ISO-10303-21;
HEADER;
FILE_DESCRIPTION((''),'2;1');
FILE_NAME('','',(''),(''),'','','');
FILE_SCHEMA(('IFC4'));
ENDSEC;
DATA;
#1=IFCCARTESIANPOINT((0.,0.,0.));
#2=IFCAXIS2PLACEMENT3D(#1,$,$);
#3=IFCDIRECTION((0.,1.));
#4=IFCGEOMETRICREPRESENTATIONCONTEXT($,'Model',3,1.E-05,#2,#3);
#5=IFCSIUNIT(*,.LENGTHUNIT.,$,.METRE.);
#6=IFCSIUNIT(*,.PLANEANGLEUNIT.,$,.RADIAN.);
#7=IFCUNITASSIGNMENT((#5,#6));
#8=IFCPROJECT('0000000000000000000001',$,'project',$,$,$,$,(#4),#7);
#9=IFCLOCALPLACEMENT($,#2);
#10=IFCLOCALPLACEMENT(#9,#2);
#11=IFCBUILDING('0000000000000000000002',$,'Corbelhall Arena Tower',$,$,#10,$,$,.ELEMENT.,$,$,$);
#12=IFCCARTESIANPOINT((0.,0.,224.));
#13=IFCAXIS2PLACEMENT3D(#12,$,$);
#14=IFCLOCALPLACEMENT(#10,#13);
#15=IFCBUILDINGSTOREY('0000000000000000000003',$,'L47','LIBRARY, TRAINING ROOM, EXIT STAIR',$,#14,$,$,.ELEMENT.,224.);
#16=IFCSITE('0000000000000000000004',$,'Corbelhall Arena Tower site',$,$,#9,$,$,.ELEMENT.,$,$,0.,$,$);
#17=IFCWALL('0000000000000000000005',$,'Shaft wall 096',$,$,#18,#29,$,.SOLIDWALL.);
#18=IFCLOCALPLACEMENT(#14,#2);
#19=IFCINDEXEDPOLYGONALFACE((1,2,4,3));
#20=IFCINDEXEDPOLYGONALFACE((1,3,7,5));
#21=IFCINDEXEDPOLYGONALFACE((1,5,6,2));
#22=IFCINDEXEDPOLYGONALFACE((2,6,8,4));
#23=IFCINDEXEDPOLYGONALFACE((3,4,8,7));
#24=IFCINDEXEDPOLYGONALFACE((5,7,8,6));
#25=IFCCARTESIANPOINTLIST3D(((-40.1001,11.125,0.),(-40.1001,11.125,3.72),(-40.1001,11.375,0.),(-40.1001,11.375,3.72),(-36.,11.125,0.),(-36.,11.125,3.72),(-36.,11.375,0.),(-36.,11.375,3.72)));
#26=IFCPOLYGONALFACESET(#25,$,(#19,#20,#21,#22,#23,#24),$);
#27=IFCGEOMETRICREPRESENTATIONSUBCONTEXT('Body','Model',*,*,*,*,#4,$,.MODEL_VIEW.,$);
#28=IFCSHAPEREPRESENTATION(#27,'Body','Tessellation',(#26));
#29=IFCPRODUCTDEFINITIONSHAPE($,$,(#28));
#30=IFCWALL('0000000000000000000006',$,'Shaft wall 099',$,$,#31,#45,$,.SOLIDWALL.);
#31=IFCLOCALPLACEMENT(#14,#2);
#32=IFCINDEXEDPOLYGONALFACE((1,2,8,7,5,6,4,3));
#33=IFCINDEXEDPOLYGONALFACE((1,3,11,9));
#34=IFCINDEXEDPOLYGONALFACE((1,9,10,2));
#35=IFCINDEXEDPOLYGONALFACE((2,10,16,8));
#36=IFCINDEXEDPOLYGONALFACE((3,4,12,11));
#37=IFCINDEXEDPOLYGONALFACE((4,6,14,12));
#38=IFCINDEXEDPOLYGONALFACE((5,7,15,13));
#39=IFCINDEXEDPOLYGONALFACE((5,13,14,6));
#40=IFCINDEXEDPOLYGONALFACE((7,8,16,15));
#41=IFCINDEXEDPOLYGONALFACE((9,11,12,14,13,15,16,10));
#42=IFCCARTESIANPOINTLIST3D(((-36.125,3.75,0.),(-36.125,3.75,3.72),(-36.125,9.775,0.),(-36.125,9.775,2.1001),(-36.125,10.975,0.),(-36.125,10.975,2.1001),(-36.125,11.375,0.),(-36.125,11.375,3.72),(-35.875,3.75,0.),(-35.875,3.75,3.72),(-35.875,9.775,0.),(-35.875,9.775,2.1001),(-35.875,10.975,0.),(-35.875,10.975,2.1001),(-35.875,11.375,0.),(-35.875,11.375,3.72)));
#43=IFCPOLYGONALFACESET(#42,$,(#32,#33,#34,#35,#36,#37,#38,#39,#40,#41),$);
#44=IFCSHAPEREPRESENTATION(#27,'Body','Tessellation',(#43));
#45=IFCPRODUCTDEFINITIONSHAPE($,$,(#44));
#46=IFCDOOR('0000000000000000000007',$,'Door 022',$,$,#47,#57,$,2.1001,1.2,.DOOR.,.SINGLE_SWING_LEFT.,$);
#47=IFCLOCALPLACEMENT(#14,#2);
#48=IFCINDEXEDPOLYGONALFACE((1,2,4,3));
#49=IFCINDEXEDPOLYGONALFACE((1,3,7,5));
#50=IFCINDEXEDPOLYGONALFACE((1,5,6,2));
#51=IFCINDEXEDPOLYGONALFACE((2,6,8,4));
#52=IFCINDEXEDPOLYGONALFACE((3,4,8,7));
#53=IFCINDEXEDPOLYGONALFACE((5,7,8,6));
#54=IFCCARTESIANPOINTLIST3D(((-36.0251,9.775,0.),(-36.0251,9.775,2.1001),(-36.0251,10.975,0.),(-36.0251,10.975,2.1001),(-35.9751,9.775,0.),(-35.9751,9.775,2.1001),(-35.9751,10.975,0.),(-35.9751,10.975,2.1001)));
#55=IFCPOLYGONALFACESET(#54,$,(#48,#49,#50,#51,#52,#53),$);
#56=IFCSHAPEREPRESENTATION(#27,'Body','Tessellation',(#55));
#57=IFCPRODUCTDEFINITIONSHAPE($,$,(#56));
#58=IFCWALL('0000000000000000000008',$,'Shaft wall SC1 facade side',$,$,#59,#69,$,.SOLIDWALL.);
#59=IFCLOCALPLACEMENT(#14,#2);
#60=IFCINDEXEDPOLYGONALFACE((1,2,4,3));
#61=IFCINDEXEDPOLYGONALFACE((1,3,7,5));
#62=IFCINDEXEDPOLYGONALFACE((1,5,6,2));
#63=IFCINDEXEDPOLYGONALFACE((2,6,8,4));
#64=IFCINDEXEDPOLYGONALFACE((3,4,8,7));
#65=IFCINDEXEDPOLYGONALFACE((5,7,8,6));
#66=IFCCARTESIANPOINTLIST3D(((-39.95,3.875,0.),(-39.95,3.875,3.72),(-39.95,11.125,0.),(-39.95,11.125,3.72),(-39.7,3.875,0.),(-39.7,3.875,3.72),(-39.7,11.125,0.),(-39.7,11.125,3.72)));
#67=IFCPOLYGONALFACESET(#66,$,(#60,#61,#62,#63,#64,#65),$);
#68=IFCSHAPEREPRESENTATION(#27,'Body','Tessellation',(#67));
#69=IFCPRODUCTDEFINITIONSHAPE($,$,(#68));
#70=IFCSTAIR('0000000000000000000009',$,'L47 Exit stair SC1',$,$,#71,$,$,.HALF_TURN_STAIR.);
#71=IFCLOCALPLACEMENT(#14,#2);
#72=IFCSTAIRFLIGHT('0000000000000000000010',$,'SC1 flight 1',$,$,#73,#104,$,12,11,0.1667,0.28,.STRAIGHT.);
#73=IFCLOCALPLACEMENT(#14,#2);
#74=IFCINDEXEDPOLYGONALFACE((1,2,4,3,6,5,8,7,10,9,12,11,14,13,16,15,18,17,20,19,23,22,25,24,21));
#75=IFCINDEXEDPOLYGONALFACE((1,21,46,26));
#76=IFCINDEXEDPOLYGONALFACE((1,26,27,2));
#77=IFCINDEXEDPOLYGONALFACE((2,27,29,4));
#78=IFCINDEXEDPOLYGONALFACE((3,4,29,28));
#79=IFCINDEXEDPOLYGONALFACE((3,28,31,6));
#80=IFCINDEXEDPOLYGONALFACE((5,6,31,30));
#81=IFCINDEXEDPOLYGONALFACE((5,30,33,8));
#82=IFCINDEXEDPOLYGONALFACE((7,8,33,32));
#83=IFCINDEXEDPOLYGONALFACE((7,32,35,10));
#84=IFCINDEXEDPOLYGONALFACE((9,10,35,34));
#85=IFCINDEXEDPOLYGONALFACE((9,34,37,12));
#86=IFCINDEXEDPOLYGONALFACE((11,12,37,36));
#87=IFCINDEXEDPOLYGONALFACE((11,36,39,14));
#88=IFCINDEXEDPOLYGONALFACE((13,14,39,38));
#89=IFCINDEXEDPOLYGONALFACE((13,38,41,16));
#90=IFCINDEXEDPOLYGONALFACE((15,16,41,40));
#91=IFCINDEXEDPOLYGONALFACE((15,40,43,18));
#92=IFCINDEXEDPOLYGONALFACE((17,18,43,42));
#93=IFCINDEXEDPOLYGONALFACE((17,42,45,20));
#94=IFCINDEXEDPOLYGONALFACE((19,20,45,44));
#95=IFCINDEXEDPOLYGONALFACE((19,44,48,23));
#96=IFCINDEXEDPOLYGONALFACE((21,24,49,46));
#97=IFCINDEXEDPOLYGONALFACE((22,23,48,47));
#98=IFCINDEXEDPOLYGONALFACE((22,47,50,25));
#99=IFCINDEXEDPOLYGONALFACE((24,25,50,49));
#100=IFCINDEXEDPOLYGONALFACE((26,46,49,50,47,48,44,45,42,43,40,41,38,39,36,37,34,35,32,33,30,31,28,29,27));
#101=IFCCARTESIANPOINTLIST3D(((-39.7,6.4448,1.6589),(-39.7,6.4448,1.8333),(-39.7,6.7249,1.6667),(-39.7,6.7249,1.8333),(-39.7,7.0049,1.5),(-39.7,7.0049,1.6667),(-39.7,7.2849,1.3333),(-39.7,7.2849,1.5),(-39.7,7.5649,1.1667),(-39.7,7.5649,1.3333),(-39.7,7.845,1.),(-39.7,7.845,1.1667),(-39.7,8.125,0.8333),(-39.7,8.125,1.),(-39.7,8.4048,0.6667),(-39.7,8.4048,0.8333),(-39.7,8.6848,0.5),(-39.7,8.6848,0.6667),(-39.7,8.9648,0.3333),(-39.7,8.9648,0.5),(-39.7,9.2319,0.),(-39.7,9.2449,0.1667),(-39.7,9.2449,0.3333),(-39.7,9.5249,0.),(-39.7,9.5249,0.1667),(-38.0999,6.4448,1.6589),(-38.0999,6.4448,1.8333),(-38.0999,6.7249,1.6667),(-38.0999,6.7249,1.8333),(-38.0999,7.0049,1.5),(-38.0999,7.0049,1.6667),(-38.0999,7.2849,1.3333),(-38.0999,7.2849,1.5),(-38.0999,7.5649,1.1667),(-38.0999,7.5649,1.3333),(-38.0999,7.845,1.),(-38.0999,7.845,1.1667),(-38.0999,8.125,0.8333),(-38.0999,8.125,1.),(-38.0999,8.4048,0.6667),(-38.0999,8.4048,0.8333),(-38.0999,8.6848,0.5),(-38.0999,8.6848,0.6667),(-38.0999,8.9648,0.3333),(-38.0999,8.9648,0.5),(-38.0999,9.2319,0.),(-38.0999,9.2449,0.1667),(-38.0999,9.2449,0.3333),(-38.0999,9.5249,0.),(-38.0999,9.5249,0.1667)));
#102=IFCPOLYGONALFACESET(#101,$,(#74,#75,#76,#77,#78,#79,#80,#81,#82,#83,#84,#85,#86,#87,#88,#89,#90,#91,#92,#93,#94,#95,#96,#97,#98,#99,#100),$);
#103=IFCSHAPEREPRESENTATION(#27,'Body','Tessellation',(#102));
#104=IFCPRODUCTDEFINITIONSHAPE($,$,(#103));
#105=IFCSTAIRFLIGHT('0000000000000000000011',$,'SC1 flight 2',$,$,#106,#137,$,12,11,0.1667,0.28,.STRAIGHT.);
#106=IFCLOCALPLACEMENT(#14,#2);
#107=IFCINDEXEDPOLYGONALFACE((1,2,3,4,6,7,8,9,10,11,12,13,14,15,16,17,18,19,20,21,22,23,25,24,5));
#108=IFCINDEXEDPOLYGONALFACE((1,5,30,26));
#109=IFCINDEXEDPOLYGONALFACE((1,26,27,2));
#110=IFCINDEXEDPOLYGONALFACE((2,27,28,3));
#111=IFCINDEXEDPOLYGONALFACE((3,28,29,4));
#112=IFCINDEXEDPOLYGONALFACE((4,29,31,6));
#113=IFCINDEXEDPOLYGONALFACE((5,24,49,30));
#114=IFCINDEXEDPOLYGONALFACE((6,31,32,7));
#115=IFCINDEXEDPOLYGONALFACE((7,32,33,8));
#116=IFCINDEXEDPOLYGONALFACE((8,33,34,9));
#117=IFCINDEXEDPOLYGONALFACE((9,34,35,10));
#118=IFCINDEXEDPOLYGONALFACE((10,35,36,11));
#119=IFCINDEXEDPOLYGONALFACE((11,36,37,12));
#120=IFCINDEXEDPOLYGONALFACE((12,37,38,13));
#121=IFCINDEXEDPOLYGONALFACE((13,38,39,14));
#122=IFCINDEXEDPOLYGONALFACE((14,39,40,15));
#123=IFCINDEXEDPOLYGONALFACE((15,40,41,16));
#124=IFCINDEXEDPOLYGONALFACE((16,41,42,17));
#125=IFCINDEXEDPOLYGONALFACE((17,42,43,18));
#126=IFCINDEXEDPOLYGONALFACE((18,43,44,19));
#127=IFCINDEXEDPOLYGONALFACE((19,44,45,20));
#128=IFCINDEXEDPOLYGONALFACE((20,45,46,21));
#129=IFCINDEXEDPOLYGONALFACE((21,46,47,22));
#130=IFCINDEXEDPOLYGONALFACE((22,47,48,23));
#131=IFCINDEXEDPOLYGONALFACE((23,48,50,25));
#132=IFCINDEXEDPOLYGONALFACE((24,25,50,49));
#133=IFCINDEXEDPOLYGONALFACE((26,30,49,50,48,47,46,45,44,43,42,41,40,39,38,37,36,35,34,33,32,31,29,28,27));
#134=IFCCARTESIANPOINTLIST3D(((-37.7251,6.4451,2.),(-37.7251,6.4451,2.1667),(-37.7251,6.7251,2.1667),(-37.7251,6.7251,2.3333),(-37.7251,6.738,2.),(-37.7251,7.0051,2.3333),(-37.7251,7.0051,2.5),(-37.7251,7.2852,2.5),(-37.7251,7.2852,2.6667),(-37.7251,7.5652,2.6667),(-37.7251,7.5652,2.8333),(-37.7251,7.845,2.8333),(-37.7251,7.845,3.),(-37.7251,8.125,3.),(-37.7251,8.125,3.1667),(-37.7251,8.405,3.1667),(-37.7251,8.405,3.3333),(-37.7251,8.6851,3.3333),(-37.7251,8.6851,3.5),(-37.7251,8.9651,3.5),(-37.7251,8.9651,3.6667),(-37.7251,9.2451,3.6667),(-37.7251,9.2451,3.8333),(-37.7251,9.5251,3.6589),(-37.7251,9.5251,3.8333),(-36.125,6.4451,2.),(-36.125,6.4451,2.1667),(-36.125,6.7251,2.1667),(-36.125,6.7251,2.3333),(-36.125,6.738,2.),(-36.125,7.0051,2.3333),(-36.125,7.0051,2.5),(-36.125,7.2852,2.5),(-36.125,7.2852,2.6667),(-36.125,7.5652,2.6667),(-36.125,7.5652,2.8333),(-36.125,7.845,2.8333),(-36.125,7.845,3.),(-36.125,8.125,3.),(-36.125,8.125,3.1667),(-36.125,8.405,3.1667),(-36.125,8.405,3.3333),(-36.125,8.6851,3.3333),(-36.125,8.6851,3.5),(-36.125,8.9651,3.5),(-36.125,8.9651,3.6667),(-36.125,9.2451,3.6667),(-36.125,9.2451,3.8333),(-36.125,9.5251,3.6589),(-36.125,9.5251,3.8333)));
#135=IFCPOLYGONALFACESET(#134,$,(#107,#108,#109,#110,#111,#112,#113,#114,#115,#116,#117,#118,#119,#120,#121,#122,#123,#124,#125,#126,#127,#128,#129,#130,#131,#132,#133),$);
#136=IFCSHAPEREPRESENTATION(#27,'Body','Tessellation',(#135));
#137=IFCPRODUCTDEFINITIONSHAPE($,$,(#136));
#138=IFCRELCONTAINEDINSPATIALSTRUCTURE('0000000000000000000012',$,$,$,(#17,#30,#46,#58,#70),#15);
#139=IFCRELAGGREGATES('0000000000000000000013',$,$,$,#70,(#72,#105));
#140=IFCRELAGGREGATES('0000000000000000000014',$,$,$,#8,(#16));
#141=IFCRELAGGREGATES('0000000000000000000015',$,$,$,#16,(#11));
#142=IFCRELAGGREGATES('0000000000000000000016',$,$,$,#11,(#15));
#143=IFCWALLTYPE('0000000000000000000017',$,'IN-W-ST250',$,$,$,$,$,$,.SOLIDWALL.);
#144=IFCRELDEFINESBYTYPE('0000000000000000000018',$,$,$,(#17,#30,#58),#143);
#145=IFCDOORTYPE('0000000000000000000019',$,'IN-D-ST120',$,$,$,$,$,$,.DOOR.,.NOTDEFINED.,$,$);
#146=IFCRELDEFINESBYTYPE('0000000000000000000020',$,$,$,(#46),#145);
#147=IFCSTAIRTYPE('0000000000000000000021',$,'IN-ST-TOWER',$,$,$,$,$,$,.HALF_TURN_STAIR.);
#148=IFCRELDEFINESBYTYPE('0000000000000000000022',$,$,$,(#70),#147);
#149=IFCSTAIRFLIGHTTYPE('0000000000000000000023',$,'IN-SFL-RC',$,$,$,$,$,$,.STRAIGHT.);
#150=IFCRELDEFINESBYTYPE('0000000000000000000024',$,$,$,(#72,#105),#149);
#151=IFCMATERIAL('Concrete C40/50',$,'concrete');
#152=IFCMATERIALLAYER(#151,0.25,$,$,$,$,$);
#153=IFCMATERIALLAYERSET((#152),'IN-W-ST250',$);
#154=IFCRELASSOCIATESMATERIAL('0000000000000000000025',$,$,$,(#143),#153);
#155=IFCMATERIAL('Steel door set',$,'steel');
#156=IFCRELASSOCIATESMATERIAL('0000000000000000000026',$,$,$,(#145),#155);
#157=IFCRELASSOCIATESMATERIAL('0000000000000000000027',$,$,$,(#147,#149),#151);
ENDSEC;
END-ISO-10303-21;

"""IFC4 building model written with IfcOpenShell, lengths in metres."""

from ifc_helpers import new_model, si_unit, direction, frame, frame_2d, origin, place, context, subcontext, project, spatial, polyline, rectangle, outline, extrude, material, layer, layer_set, type_object, element, fill, aggregate, save


model = new_model("IFC4")

# Units and contexts
model_context = context("Model", 3, precision=1e-05, world=origin(), true_north=direction((0.0, 1.0)))
body_context = subcontext(model_context, "Body", "Model", "MODEL_VIEW")
ifc_project = project(units=[si_unit("LENGTHUNIT", "METRE"), si_unit("PLANEANGLEUNIT", "RADIAN")], contexts=[model_context])

# Site, building, storey
site_placement = place(None, origin())
site = spatial("IfcSite", under=ifc_project, at=site_placement, Name="Corbelhall Arena Tower site", CompositionType="ELEMENT", RefElevation=0.0)
building_placement = place(site_placement, origin())
building = spatial("IfcBuilding", under=site, at=building_placement, Name="Corbelhall Arena Tower", CompositionType="ELEMENT")
storey_placement = place(building_placement, frame((0.0, 0.0, 224.0)))
storey = spatial("IfcBuildingStorey", under=building, at=storey_placement, Name="L47", Description="LIBRARY, TRAINING ROOM, EXIT STAIR", CompositionType="ELEMENT", Elevation=224.0)

# Shared definitions
ifc_material_1 = material(Name="Steel door set", Category="steel")

# Wall
ifc_material_2 = material(Name="Concrete C40/50", Category="concrete")
ifc_layer_1 = layer(ifc_material_2, 0.25)
ifc_layer_set_1 = layer_set([ifc_layer_1], Name="IN-W-ST250")
wall_type_1 = type_object("IfcWallType", Name="IN-W-ST250", PredefinedType="SOLIDWALL", material=ifc_layer_set_1)
wall_1_placement = place(storey_placement, frame((-40.1001, 11.25, 0.0), z_axis=(0.0, 0.0, 1.0), x_axis=(1.0, 0.0, 0.0)))
element("IfcWall", 1, at=wall_1_placement, inside=storey, type_object=wall_type_1, Name="Shaft wall 096", PredefinedType="SOLIDWALL", context=body_context, shape_type="SweptSolid", body=[
    extrude(rectangle(XDim=4.1001, YDim=0.25, at=frame_2d((2.05, 0.0))), origin(), (0.0, 0.0, 1.0), 3.72),
])

# Wall, opening, door
wall_2_placement = place(storey_placement, frame((-36.0, 11.375, 0.0), z_axis=(0.0, 0.0, 1.0), x_axis=(0.0, -1.0, 0.0)))
wall_2 = element("IfcWall", 2, at=wall_2_placement, inside=storey, type_object=wall_type_1, Name="Shaft wall 099", PredefinedType="SOLIDWALL", context=body_context, shape_type="SweptSolid", body=[
    extrude(rectangle(XDim=7.625, YDim=0.25, at=frame_2d((3.8125, 0.0))), origin(), (0.0, 0.0, 1.0), 3.72),
])
opening_1_placement = place(wall_2_placement, frame((0.3999, 0.0, 0.0)))
opening_1 = element("IfcOpeningElement", 3, at=opening_1_placement, cuts=wall_2, PredefinedType="OPENING", context=body_context, shape_type="SweptSolid", body=[
    extrude(rectangle(XDim=1.2, YDim=2.1001, at=frame_2d((0.6001, 1.05))), frame((0.0, 0.125, 0.0), z_axis=(0.0, -1.0, 0.0), x_axis=(1.0, 0.0, 0.0)), (0.0, 0.0, 1.0), 0.25),
])
door_type_1 = type_object("IfcDoorType", Name="IN-D-ST120", OperationType="NOTDEFINED", PredefinedType="DOOR", material=ifc_material_1)
door_1_placement = place(opening_1_placement, origin())
door_1 = element("IfcDoor", 4, at=door_1_placement, inside=storey, type_object=door_type_1, Name="Door 022", OperationType="SINGLE_SWING_LEFT", OverallHeight=2.1001, OverallWidth=1.2, PredefinedType="DOOR", context=body_context, shape_type="SweptSolid", body=[
    extrude(rectangle(XDim=1.2, YDim=2.1001, at=frame_2d((0.6001, 1.05))), frame((0.0, 0.0249, 0.0), z_axis=(0.0, -1.0, 0.0), x_axis=(1.0, 0.0, 0.0)), (0.0, 0.0, 1.0), 0.05),
])
fill(opening_1, door_1)

# Wall
wall_3_placement = place(storey_placement, frame((-39.825, 3.875, 0.0), z_axis=(0.0, 0.0, 1.0), x_axis=(0.0, 1.0, 0.0)))
element("IfcWall", 5, at=wall_3_placement, inside=storey, type_object=wall_type_1, Name="Shaft wall SC1 facade side", PredefinedType="SOLIDWALL", context=body_context, shape_type="SweptSolid", body=[
    extrude(rectangle(XDim=7.25, YDim=0.25, at=frame_2d((3.625, 0.0))), origin(), (0.0, 0.0, 1.0), 3.72),
])

# Stair, stair flights
stair_type = type_object("IfcStairType", Name="IN-ST-TOWER", PredefinedType="HALF_TURN_STAIR", material=ifc_material_2)
stair_placement = place(storey_placement, origin())
stair = element("IfcStair", 6, at=stair_placement, inside=storey, type_object=stair_type, Name="L47 Exit stair SC1", PredefinedType="HALF_TURN_STAIR")
stair_flight_type = type_object("IfcStairFlightType", Name="IN-SFL-RC", PredefinedType="STRAIGHT", material=ifc_material_2)
stair_flight_1_placement = place(storey_placement, frame((-38.8999, 9.5249, 0.0), z_axis=(0.0, 0.0, 1.0), x_axis=(0.0, -1.0, 0.0)))
stair_flight_1 = element("IfcStairFlight", 7, at=stair_flight_1_placement, type_object=stair_flight_type, Name="SC1 flight 1", NumberOfRisers=12, NumberOfTreads=11, PredefinedType="STRAIGHT", RiserHeight=0.1667, TreadLength=0.28, context=body_context, shape_type="SweptSolid", body=[
    extrude(outline(polyline([(0.0, 0.0), (0.0, 0.1667), (0.28, 0.1667), (0.28, 0.3333), (0.5601, 0.3333), (0.5601, 0.5), (0.8401, 0.5), (0.8401, 0.6667), (1.1201, 0.6667), (1.1201, 0.8333), (1.3999, 0.8333), (1.3999, 1.0), (1.6799, 1.0), (1.6799, 1.1667), (1.96, 1.1667), (1.96, 1.3333), (2.24, 1.3333), (2.24, 1.5), (2.52, 1.5), (2.52, 1.6667), (2.8, 1.6667), (2.8, 1.8333), (3.0801, 1.8333), (3.0801, 2.0), (3.0801, 1.6589), (0.293, 0.0), (0.0, 0.0)])), frame((0.0, 0.8, 0.0), z_axis=(0.0, -1.0, 0.0), x_axis=(1.0, 0.0, 0.0)), (0.0, 0.0, 1.0), 1.6001),
])
stair_flight_2_placement = place(storey_placement, frame((-36.925, 6.4451, 2.0), z_axis=(0.0, 0.0, 1.0), x_axis=(0.0, 1.0, 0.0)))
stair_flight_2 = element("IfcStairFlight", 8, at=stair_flight_2_placement, type_object=stair_flight_type, Name="SC1 flight 2", NumberOfRisers=12, NumberOfTreads=11, PredefinedType="STRAIGHT", RiserHeight=0.1667, TreadLength=0.28, context=body_context, shape_type="SweptSolid", body=[
    extrude(outline(polyline([(0.0, 0.0), (0.0, 0.1667), (0.28, 0.1667), (0.28, 0.3333), (0.5601, 0.3333), (0.5601, 0.5), (0.8401, 0.5), (0.8401, 0.6667), (1.1201, 0.6667), (1.1201, 0.8333), (1.3999, 0.8333), (1.3999, 1.0), (1.6799, 1.0), (1.6799, 1.1667), (1.96, 1.1667), (1.96, 1.3333), (2.24, 1.3333), (2.24, 1.5), (2.52, 1.5), (2.52, 1.6667), (2.8, 1.6667), (2.8, 1.8333), (3.0801, 1.8333), (3.0801, 2.0), (3.0801, 1.6589), (0.293, 0.0), (0.0, 0.0)])), frame((0.0, 0.8, 0.0), z_axis=(0.0, -1.0, 0.0), x_axis=(1.0, 0.0, 0.0)), (0.0, 0.0, 1.0), 1.6001),
])
aggregate(stair, [stair_flight_1, stair_flight_2])

save(model, "model.ifc")
